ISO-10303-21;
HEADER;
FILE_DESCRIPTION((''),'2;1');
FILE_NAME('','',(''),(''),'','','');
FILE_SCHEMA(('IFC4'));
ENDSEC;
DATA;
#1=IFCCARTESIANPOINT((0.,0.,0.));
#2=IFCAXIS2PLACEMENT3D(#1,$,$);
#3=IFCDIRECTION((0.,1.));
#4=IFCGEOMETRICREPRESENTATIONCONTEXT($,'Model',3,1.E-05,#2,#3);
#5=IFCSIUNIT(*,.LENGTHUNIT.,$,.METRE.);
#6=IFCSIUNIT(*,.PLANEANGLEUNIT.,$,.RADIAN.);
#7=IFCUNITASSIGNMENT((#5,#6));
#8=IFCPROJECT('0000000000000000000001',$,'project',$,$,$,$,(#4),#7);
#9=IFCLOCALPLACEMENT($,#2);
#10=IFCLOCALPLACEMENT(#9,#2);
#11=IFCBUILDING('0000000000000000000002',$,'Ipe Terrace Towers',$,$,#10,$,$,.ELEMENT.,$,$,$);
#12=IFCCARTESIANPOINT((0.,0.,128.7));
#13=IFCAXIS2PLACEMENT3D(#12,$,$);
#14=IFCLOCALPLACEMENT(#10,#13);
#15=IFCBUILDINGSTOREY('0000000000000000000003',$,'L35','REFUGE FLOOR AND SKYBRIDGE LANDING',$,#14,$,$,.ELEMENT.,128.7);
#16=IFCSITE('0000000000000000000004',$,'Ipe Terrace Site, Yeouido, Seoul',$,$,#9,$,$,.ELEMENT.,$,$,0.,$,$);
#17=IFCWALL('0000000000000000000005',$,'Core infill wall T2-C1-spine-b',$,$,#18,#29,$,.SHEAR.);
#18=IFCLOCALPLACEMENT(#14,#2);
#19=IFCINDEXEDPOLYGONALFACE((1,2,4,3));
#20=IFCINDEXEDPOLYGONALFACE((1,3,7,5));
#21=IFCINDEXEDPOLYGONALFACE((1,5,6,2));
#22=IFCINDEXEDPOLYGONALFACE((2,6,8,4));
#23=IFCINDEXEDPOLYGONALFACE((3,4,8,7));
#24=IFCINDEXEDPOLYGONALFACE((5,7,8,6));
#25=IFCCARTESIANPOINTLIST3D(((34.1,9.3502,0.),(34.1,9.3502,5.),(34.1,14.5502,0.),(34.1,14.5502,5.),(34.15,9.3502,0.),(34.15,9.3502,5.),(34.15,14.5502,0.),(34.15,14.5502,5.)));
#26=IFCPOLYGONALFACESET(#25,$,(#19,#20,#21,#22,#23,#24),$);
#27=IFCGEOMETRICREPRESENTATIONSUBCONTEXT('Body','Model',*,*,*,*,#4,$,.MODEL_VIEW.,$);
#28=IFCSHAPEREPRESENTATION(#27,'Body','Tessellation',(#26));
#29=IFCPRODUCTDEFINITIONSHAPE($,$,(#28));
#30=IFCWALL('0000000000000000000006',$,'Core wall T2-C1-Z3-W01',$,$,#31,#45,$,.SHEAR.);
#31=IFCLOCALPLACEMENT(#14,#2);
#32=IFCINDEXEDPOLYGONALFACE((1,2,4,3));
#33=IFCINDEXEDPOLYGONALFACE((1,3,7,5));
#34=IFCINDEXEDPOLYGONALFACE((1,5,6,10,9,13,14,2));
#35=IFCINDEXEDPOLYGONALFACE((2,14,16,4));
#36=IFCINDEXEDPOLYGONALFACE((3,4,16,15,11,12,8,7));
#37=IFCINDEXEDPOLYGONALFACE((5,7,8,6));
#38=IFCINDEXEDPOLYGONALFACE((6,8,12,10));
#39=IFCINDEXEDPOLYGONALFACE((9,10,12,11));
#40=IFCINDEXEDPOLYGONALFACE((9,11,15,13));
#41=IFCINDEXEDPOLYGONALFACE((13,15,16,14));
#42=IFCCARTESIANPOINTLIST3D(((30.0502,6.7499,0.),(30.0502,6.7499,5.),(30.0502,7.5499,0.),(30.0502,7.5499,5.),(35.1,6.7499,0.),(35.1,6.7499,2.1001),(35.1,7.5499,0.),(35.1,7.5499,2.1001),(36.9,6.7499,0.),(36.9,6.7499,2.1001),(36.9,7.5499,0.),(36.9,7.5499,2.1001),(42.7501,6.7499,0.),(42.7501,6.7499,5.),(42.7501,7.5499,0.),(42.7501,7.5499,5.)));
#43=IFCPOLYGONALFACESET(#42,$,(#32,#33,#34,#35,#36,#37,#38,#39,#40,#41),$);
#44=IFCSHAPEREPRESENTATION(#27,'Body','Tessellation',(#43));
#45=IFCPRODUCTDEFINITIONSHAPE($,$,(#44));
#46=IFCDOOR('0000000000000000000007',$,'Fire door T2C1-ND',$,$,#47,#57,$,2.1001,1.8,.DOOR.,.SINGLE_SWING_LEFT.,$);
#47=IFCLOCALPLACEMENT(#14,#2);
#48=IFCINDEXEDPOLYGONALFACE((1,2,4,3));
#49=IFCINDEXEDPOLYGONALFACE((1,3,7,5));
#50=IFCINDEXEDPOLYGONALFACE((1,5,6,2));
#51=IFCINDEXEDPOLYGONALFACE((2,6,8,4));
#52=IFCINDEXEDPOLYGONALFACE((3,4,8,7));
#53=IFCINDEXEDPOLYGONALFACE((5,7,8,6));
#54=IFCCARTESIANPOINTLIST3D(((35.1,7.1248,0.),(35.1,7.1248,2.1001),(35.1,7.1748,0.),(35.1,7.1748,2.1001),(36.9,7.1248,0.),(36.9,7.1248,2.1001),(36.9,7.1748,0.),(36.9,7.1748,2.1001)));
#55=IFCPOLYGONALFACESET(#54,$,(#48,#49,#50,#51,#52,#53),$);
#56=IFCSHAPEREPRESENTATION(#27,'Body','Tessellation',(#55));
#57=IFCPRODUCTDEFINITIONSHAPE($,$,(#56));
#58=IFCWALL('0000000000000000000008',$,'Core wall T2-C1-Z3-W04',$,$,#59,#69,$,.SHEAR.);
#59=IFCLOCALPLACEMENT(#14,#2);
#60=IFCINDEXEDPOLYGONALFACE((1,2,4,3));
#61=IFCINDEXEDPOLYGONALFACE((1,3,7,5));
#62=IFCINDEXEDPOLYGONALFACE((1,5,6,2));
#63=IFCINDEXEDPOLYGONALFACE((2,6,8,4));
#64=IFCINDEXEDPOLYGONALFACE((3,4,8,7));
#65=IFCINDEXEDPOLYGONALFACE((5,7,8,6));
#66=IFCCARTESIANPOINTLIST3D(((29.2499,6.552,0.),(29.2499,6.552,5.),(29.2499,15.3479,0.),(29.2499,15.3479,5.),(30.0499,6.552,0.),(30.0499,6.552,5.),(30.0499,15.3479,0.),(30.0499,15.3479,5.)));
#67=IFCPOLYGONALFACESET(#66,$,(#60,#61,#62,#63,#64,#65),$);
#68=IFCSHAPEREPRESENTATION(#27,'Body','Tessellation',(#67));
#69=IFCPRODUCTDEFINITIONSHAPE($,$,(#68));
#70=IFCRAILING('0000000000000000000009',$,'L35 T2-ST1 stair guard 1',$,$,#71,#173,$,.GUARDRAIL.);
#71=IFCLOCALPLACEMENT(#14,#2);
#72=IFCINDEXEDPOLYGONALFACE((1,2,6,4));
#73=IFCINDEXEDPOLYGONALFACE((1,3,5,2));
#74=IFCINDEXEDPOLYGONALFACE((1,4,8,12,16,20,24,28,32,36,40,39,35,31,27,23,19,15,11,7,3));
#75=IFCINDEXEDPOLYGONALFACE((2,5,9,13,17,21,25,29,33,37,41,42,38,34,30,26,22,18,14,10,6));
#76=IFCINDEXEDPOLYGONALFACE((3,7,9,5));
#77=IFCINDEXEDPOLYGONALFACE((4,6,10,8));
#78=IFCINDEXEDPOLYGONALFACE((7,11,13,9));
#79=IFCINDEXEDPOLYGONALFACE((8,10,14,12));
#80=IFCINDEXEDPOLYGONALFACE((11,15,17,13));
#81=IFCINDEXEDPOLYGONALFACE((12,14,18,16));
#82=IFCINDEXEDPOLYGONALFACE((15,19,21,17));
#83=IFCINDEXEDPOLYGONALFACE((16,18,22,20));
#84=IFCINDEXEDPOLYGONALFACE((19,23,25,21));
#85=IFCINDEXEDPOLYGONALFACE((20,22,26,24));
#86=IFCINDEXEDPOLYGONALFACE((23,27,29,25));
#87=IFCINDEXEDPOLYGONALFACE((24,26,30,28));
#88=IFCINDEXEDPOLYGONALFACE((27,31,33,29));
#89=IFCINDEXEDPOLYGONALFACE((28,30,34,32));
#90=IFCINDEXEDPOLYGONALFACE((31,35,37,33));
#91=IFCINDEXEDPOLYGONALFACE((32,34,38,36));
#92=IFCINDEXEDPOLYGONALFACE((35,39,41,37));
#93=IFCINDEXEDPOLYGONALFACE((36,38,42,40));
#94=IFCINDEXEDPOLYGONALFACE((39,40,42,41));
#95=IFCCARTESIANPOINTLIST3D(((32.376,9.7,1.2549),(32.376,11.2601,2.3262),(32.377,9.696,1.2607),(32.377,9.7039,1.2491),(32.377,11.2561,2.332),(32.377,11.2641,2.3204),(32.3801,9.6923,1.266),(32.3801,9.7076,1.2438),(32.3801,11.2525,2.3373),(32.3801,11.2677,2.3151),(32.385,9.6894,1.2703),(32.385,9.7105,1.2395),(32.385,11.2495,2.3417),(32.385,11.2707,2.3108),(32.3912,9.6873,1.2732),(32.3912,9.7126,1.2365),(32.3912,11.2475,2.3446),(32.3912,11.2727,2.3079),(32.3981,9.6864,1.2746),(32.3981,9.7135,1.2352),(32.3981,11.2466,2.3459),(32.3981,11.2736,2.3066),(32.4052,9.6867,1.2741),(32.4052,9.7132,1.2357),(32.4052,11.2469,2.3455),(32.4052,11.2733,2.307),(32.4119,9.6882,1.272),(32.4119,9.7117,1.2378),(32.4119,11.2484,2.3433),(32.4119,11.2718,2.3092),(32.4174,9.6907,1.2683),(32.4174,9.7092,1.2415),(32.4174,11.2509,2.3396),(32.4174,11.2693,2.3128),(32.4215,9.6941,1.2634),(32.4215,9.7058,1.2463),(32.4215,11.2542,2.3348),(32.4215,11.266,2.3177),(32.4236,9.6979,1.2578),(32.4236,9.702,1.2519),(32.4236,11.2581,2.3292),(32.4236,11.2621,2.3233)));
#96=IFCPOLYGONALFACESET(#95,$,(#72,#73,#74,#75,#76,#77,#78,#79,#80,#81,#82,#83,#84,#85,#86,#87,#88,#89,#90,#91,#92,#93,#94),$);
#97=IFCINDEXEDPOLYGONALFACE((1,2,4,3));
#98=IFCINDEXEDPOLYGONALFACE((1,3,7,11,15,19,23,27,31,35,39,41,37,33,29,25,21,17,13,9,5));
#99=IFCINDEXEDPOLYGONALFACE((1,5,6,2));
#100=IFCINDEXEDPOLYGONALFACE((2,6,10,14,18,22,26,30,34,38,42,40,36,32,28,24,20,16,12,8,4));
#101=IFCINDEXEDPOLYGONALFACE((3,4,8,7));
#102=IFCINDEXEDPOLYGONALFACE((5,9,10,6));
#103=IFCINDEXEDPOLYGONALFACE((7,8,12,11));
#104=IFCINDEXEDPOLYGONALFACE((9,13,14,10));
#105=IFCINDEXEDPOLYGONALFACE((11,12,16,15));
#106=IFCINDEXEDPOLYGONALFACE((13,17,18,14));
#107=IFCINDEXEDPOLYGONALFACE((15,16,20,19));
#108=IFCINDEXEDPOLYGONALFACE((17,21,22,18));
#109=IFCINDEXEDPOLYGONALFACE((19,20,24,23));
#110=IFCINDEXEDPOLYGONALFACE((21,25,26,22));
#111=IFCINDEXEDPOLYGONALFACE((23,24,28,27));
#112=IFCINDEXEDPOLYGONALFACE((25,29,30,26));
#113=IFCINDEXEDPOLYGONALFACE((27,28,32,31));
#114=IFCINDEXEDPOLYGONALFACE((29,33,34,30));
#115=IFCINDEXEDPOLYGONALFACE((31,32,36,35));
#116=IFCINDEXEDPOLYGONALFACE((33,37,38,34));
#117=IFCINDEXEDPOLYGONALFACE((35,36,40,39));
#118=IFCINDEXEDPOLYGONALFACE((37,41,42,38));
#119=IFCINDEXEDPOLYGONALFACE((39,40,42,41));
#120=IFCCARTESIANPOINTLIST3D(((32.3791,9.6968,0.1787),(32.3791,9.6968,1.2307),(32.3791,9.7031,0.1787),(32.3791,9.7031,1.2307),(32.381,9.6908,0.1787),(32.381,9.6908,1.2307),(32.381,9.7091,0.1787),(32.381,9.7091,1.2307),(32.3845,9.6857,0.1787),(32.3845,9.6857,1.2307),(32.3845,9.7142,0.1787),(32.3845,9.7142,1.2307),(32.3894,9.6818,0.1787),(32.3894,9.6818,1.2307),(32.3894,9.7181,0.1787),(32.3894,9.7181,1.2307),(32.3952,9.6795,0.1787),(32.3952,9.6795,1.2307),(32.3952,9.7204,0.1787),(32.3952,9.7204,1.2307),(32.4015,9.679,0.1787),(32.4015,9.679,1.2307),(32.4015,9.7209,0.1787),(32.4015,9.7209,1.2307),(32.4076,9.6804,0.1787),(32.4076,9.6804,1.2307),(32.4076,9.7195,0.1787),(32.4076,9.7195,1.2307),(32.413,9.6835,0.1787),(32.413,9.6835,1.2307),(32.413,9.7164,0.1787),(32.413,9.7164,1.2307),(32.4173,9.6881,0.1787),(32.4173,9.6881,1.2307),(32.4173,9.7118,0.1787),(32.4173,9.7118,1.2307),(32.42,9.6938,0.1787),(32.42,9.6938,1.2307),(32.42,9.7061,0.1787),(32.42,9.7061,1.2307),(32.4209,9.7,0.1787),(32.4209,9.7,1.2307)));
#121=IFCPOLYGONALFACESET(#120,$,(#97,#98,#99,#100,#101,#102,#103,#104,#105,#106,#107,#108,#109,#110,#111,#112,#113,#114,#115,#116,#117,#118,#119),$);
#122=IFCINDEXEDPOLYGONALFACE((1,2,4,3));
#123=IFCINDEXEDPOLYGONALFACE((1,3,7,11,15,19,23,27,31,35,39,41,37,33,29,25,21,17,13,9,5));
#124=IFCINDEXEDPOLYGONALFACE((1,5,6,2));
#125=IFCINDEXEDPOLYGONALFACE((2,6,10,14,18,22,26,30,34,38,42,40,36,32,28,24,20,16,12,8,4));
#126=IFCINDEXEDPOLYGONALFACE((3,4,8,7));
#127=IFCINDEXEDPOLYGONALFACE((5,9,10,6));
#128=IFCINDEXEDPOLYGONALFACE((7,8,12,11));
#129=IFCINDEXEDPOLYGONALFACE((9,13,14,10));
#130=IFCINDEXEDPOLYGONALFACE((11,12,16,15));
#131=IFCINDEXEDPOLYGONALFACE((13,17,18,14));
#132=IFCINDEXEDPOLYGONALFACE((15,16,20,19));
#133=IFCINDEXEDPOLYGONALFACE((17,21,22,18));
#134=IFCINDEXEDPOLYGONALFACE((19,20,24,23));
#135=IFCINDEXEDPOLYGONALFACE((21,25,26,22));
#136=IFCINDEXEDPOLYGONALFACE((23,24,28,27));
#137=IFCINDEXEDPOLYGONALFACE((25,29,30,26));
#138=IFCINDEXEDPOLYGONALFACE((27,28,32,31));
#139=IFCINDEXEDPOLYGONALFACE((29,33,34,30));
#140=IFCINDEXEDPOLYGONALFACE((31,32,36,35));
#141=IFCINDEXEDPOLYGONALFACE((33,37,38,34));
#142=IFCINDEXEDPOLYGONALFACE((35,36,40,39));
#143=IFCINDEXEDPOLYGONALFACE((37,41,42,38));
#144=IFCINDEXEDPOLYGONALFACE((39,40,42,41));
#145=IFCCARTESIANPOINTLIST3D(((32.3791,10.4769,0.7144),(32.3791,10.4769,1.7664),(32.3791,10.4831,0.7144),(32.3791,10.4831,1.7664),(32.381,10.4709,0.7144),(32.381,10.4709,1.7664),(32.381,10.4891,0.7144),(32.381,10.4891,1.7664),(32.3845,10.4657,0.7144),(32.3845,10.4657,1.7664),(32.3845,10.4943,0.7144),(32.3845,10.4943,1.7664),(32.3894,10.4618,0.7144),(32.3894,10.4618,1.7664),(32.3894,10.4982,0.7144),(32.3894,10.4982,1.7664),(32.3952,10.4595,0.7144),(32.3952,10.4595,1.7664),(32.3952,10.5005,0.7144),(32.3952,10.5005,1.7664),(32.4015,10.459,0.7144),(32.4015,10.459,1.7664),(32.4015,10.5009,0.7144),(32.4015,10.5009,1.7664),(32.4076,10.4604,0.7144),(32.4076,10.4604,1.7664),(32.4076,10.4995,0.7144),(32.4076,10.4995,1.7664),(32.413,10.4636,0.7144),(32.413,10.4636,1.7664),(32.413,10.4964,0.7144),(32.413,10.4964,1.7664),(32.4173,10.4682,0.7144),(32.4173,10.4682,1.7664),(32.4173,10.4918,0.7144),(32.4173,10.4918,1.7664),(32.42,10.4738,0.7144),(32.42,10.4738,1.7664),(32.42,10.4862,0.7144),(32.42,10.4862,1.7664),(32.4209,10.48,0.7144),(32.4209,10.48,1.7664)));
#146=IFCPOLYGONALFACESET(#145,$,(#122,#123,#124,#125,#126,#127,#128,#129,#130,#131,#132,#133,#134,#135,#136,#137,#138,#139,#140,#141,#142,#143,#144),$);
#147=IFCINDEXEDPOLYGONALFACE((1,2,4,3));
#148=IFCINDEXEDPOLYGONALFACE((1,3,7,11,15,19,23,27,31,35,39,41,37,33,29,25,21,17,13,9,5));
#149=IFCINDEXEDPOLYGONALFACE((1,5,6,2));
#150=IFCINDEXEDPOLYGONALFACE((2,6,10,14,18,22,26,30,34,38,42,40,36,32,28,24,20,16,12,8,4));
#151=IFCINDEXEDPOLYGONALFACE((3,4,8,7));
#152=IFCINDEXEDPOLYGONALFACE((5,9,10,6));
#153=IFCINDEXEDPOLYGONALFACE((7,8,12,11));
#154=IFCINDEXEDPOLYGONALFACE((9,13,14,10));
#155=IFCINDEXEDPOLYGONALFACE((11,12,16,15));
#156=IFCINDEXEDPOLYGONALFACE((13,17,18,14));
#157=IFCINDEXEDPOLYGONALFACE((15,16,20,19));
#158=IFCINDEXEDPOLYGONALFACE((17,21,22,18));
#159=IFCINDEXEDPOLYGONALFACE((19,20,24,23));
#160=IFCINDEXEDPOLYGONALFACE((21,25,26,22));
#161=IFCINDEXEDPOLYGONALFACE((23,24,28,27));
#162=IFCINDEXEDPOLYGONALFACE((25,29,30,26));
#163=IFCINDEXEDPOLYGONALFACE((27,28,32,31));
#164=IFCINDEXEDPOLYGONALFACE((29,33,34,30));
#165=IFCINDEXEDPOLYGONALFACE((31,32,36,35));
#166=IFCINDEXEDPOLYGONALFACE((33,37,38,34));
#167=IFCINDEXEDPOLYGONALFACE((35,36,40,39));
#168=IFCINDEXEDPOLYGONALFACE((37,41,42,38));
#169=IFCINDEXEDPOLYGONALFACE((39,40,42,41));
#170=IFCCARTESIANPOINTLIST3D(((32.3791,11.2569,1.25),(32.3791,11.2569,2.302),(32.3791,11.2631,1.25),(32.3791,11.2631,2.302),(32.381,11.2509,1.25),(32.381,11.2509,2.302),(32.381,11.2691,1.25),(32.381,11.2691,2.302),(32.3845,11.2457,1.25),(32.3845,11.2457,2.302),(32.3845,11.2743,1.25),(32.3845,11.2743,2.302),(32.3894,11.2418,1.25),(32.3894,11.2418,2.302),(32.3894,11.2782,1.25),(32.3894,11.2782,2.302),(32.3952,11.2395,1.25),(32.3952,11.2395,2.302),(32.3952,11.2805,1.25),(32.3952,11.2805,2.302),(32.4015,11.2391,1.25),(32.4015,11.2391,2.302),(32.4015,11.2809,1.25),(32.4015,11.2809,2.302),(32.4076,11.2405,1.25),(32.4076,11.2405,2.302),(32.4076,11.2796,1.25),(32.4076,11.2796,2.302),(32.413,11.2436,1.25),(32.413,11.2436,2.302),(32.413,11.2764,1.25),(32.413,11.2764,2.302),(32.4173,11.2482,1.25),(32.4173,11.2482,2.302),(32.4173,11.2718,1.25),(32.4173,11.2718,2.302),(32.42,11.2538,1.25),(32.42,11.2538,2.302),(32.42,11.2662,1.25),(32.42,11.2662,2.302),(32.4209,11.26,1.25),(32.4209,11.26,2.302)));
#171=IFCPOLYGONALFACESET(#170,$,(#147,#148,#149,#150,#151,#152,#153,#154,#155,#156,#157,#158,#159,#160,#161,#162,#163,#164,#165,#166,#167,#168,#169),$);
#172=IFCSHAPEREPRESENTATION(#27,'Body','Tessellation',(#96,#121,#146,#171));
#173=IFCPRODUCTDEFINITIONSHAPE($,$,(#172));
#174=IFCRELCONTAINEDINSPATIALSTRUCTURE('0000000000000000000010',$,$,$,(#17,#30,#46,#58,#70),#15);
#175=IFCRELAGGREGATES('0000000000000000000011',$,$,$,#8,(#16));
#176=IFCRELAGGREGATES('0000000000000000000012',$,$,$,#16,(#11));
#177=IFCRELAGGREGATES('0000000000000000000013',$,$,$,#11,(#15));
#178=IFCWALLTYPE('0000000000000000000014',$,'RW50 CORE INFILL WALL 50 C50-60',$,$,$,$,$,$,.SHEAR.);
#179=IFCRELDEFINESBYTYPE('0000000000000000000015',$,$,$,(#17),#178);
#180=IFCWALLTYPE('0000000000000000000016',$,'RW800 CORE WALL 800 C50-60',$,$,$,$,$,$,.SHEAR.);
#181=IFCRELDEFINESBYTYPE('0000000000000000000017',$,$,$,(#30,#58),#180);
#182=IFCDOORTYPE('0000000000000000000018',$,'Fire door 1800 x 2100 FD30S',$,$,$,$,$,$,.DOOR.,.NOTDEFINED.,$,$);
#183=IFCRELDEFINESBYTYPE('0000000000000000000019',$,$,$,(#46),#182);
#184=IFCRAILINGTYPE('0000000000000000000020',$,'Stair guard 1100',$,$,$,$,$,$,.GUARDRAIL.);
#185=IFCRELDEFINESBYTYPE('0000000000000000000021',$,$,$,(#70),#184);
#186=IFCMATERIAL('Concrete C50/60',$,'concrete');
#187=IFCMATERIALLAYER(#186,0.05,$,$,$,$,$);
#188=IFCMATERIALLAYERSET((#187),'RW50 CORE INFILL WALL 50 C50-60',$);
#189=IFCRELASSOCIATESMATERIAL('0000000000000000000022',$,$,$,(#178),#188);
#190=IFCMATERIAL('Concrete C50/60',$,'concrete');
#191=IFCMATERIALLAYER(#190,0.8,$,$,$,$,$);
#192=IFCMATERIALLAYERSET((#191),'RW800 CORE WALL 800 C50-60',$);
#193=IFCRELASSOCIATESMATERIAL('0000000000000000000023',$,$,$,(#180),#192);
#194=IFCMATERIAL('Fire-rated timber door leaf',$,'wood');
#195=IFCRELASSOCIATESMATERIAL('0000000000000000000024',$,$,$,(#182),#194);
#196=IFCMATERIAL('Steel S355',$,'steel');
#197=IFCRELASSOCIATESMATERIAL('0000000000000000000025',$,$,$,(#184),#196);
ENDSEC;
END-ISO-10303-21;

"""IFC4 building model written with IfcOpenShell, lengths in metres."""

from ifc_helpers import new_model, si_unit, direction, frame, frame_2d, origin, origin_2d, place, context, subcontext, project, spatial, rectangle, circle, extrude, material, layer, layer_set, type_object, element, fill, save


model = new_model("IFC4")

# Units and contexts
model_context = context("Model", 3, precision=1e-05, world=origin(), true_north=direction((0.0, 1.0)))
body_context = subcontext(model_context, "Body", "Model", "MODEL_VIEW")
ifc_project = project(units=[si_unit("LENGTHUNIT", "METRE"), si_unit("PLANEANGLEUNIT", "RADIAN")], contexts=[model_context])

# Site, building, storey
site_placement = place(None, origin())
site = spatial("IfcSite", under=ifc_project, at=site_placement, Name="Ipe Terrace Site, Yeouido, Seoul", CompositionType="ELEMENT", RefElevation=0.0)
building_placement = place(site_placement, origin())
building = spatial("IfcBuilding", under=site, at=building_placement, Name="Ipe Terrace Towers", CompositionType="ELEMENT")
storey_placement = place(building_placement, frame((0.0, 0.0, 128.7)))
storey = spatial("IfcBuildingStorey", under=building, at=storey_placement, Name="L35", Description="REFUGE FLOOR AND SKYBRIDGE LANDING", CompositionType="ELEMENT", Elevation=128.7)

# Wall
ifc_material_1 = material(Name="Concrete C50/60", Category="concrete")
ifc_layer_1 = layer(ifc_material_1, 0.05)
ifc_layer_set_1 = layer_set([ifc_layer_1], Name="RW50 CORE INFILL WALL 50 C50-60")
wall_type_1 = type_object("IfcWallType", Name="RW50 CORE INFILL WALL 50 C50-60", PredefinedType="SHEAR", material=ifc_layer_set_1)
wall_1_placement = place(storey_placement, frame((34.125, 9.3501, 0.0), z_axis=(0.0, 0.0, 1.0), x_axis=(0.0, 1.0, 0.0)))
element("IfcWall", 1, at=wall_1_placement, inside=storey, type_object=wall_type_1, Name="Core infill wall T2-C1-spine-b", PredefinedType="SHEAR", context=body_context, shape_type="SweptSolid", body=[
    extrude(rectangle(XDim=5.2, YDim=0.05, at=frame_2d((2.6001, 0.0))), origin(), (0.0, 0.0, 1.0), 5.0),
])

# Wall, opening, door
ifc_material_2 = material(Name="Concrete C50/60", Category="concrete")
ifc_layer_2 = layer(ifc_material_2, 0.8)
ifc_layer_set_2 = layer_set([ifc_layer_2], Name="RW800 CORE WALL 800 C50-60")
wall_type_2 = type_object("IfcWallType", Name="RW800 CORE WALL 800 C50-60", PredefinedType="SHEAR", material=ifc_layer_set_2)
wall_2_placement = place(storey_placement, frame((30.05, 7.1499, 0.0), z_axis=(0.0, 0.0, 1.0), x_axis=(1.0, 0.0, 0.0)))
wall_2 = element("IfcWall", 2, at=wall_2_placement, inside=storey, type_object=wall_type_2, Name="Core wall T2-C1-Z3-W01", PredefinedType="SHEAR", context=body_context, shape_type="SweptSolid", body=[
    extrude(rectangle(XDim=12.7, YDim=0.8, at=frame_2d((6.3501, 0.0))), origin(), (0.0, 0.0, 1.0), 5.0),
])
opening_1_placement = place(wall_2_placement, frame((5.05, 0.0, 0.0)))
opening_1 = element("IfcOpeningElement", 3, at=opening_1_placement, cuts=wall_2, PredefinedType="OPENING", context=body_context, shape_type="SweptSolid", body=[
    extrude(rectangle(XDim=1.8, YDim=2.1001, at=frame_2d((0.8999, 1.05))), frame((0.0, 0.4102, 0.0), z_axis=(0.0, -1.0, 0.0), x_axis=(1.0, 0.0, 0.0)), (0.0, 0.0, 1.0), 0.8201),
])
ifc_material_3 = material(Name="Fire-rated timber door leaf", Category="wood")
door_type_1 = type_object("IfcDoorType", Name="Fire door 1800 x 2100 FD30S", OperationType="NOTDEFINED", PredefinedType="DOOR", material=ifc_material_3)
door_1_placement = place(opening_1_placement, origin())
door_1 = element("IfcDoor", 4, at=door_1_placement, inside=storey, type_object=door_type_1, Name="Fire door T2C1-ND", OperationType="SINGLE_SWING_LEFT", OverallHeight=2.1001, OverallWidth=1.8, PredefinedType="DOOR", context=body_context, shape_type="SweptSolid", body=[
    extrude(rectangle(XDim=1.8, YDim=2.1001, at=frame_2d((0.8999, 1.05))), frame((0.0, 0.0249, 0.0), z_axis=(0.0, -1.0, 0.0), x_axis=(1.0, 0.0, 0.0)), (0.0, 0.0, 1.0), 0.05),
])
fill(opening_1, door_1)

# Wall
wall_3_placement = place(storey_placement, frame((29.6499, 15.3479, 0.0), z_axis=(0.0, 0.0, 1.0), x_axis=(0.0, -1.0, 0.0)))
element("IfcWall", 5, at=wall_3_placement, inside=storey, type_object=wall_type_2, Name="Core wall T2-C1-Z3-W04", PredefinedType="SHEAR", context=body_context, shape_type="SweptSolid", body=[
    extrude(rectangle(XDim=8.7959, YDim=0.8, at=frame_2d((4.3979, 0.0))), origin(), (0.0, 0.0, 1.0), 5.0),
])

# Railing
ifc_material_4 = material(Name="Steel S355", Category="steel")
railing_type_1 = type_object("IfcRailingType", Name="Stair guard 1100", PredefinedType="GUARDRAIL", material=ifc_material_4)
railing_1_placement = place(storey_placement, frame((32.3999, 9.7, 0.1787)))
element("IfcRailing", 6, at=railing_1_placement, inside=storey, type_object=railing_type_1, Name="L35 T2-ST1 stair guard 1", PredefinedType="GUARDRAIL", context=body_context, shape_type="SweptSolid", body=[
    extrude(circle(Radius=0.0239, at=origin_2d()), frame((0.0, 0.0, 1.0762), z_axis=(0.0, 0.82435, 0.56608), x_axis=(-1.0, 0.0, 0.0)), (0.0, 0.0, 1.0), 1.8926),
    extrude(circle(Radius=0.021, at=origin_2d()), origin(), (0.0, 0.0, 1.0), 1.052),
    extrude(circle(Radius=0.021, at=origin_2d()), frame((0.0, 0.78, 0.5356)), (0.0, 0.0, 1.0), 1.052),
    extrude(circle(Radius=0.021, at=origin_2d()), frame((0.0, 1.5601, 1.0713)), (0.0, 0.0, 1.0), 1.052),
])

save(model, "model.ifc")
